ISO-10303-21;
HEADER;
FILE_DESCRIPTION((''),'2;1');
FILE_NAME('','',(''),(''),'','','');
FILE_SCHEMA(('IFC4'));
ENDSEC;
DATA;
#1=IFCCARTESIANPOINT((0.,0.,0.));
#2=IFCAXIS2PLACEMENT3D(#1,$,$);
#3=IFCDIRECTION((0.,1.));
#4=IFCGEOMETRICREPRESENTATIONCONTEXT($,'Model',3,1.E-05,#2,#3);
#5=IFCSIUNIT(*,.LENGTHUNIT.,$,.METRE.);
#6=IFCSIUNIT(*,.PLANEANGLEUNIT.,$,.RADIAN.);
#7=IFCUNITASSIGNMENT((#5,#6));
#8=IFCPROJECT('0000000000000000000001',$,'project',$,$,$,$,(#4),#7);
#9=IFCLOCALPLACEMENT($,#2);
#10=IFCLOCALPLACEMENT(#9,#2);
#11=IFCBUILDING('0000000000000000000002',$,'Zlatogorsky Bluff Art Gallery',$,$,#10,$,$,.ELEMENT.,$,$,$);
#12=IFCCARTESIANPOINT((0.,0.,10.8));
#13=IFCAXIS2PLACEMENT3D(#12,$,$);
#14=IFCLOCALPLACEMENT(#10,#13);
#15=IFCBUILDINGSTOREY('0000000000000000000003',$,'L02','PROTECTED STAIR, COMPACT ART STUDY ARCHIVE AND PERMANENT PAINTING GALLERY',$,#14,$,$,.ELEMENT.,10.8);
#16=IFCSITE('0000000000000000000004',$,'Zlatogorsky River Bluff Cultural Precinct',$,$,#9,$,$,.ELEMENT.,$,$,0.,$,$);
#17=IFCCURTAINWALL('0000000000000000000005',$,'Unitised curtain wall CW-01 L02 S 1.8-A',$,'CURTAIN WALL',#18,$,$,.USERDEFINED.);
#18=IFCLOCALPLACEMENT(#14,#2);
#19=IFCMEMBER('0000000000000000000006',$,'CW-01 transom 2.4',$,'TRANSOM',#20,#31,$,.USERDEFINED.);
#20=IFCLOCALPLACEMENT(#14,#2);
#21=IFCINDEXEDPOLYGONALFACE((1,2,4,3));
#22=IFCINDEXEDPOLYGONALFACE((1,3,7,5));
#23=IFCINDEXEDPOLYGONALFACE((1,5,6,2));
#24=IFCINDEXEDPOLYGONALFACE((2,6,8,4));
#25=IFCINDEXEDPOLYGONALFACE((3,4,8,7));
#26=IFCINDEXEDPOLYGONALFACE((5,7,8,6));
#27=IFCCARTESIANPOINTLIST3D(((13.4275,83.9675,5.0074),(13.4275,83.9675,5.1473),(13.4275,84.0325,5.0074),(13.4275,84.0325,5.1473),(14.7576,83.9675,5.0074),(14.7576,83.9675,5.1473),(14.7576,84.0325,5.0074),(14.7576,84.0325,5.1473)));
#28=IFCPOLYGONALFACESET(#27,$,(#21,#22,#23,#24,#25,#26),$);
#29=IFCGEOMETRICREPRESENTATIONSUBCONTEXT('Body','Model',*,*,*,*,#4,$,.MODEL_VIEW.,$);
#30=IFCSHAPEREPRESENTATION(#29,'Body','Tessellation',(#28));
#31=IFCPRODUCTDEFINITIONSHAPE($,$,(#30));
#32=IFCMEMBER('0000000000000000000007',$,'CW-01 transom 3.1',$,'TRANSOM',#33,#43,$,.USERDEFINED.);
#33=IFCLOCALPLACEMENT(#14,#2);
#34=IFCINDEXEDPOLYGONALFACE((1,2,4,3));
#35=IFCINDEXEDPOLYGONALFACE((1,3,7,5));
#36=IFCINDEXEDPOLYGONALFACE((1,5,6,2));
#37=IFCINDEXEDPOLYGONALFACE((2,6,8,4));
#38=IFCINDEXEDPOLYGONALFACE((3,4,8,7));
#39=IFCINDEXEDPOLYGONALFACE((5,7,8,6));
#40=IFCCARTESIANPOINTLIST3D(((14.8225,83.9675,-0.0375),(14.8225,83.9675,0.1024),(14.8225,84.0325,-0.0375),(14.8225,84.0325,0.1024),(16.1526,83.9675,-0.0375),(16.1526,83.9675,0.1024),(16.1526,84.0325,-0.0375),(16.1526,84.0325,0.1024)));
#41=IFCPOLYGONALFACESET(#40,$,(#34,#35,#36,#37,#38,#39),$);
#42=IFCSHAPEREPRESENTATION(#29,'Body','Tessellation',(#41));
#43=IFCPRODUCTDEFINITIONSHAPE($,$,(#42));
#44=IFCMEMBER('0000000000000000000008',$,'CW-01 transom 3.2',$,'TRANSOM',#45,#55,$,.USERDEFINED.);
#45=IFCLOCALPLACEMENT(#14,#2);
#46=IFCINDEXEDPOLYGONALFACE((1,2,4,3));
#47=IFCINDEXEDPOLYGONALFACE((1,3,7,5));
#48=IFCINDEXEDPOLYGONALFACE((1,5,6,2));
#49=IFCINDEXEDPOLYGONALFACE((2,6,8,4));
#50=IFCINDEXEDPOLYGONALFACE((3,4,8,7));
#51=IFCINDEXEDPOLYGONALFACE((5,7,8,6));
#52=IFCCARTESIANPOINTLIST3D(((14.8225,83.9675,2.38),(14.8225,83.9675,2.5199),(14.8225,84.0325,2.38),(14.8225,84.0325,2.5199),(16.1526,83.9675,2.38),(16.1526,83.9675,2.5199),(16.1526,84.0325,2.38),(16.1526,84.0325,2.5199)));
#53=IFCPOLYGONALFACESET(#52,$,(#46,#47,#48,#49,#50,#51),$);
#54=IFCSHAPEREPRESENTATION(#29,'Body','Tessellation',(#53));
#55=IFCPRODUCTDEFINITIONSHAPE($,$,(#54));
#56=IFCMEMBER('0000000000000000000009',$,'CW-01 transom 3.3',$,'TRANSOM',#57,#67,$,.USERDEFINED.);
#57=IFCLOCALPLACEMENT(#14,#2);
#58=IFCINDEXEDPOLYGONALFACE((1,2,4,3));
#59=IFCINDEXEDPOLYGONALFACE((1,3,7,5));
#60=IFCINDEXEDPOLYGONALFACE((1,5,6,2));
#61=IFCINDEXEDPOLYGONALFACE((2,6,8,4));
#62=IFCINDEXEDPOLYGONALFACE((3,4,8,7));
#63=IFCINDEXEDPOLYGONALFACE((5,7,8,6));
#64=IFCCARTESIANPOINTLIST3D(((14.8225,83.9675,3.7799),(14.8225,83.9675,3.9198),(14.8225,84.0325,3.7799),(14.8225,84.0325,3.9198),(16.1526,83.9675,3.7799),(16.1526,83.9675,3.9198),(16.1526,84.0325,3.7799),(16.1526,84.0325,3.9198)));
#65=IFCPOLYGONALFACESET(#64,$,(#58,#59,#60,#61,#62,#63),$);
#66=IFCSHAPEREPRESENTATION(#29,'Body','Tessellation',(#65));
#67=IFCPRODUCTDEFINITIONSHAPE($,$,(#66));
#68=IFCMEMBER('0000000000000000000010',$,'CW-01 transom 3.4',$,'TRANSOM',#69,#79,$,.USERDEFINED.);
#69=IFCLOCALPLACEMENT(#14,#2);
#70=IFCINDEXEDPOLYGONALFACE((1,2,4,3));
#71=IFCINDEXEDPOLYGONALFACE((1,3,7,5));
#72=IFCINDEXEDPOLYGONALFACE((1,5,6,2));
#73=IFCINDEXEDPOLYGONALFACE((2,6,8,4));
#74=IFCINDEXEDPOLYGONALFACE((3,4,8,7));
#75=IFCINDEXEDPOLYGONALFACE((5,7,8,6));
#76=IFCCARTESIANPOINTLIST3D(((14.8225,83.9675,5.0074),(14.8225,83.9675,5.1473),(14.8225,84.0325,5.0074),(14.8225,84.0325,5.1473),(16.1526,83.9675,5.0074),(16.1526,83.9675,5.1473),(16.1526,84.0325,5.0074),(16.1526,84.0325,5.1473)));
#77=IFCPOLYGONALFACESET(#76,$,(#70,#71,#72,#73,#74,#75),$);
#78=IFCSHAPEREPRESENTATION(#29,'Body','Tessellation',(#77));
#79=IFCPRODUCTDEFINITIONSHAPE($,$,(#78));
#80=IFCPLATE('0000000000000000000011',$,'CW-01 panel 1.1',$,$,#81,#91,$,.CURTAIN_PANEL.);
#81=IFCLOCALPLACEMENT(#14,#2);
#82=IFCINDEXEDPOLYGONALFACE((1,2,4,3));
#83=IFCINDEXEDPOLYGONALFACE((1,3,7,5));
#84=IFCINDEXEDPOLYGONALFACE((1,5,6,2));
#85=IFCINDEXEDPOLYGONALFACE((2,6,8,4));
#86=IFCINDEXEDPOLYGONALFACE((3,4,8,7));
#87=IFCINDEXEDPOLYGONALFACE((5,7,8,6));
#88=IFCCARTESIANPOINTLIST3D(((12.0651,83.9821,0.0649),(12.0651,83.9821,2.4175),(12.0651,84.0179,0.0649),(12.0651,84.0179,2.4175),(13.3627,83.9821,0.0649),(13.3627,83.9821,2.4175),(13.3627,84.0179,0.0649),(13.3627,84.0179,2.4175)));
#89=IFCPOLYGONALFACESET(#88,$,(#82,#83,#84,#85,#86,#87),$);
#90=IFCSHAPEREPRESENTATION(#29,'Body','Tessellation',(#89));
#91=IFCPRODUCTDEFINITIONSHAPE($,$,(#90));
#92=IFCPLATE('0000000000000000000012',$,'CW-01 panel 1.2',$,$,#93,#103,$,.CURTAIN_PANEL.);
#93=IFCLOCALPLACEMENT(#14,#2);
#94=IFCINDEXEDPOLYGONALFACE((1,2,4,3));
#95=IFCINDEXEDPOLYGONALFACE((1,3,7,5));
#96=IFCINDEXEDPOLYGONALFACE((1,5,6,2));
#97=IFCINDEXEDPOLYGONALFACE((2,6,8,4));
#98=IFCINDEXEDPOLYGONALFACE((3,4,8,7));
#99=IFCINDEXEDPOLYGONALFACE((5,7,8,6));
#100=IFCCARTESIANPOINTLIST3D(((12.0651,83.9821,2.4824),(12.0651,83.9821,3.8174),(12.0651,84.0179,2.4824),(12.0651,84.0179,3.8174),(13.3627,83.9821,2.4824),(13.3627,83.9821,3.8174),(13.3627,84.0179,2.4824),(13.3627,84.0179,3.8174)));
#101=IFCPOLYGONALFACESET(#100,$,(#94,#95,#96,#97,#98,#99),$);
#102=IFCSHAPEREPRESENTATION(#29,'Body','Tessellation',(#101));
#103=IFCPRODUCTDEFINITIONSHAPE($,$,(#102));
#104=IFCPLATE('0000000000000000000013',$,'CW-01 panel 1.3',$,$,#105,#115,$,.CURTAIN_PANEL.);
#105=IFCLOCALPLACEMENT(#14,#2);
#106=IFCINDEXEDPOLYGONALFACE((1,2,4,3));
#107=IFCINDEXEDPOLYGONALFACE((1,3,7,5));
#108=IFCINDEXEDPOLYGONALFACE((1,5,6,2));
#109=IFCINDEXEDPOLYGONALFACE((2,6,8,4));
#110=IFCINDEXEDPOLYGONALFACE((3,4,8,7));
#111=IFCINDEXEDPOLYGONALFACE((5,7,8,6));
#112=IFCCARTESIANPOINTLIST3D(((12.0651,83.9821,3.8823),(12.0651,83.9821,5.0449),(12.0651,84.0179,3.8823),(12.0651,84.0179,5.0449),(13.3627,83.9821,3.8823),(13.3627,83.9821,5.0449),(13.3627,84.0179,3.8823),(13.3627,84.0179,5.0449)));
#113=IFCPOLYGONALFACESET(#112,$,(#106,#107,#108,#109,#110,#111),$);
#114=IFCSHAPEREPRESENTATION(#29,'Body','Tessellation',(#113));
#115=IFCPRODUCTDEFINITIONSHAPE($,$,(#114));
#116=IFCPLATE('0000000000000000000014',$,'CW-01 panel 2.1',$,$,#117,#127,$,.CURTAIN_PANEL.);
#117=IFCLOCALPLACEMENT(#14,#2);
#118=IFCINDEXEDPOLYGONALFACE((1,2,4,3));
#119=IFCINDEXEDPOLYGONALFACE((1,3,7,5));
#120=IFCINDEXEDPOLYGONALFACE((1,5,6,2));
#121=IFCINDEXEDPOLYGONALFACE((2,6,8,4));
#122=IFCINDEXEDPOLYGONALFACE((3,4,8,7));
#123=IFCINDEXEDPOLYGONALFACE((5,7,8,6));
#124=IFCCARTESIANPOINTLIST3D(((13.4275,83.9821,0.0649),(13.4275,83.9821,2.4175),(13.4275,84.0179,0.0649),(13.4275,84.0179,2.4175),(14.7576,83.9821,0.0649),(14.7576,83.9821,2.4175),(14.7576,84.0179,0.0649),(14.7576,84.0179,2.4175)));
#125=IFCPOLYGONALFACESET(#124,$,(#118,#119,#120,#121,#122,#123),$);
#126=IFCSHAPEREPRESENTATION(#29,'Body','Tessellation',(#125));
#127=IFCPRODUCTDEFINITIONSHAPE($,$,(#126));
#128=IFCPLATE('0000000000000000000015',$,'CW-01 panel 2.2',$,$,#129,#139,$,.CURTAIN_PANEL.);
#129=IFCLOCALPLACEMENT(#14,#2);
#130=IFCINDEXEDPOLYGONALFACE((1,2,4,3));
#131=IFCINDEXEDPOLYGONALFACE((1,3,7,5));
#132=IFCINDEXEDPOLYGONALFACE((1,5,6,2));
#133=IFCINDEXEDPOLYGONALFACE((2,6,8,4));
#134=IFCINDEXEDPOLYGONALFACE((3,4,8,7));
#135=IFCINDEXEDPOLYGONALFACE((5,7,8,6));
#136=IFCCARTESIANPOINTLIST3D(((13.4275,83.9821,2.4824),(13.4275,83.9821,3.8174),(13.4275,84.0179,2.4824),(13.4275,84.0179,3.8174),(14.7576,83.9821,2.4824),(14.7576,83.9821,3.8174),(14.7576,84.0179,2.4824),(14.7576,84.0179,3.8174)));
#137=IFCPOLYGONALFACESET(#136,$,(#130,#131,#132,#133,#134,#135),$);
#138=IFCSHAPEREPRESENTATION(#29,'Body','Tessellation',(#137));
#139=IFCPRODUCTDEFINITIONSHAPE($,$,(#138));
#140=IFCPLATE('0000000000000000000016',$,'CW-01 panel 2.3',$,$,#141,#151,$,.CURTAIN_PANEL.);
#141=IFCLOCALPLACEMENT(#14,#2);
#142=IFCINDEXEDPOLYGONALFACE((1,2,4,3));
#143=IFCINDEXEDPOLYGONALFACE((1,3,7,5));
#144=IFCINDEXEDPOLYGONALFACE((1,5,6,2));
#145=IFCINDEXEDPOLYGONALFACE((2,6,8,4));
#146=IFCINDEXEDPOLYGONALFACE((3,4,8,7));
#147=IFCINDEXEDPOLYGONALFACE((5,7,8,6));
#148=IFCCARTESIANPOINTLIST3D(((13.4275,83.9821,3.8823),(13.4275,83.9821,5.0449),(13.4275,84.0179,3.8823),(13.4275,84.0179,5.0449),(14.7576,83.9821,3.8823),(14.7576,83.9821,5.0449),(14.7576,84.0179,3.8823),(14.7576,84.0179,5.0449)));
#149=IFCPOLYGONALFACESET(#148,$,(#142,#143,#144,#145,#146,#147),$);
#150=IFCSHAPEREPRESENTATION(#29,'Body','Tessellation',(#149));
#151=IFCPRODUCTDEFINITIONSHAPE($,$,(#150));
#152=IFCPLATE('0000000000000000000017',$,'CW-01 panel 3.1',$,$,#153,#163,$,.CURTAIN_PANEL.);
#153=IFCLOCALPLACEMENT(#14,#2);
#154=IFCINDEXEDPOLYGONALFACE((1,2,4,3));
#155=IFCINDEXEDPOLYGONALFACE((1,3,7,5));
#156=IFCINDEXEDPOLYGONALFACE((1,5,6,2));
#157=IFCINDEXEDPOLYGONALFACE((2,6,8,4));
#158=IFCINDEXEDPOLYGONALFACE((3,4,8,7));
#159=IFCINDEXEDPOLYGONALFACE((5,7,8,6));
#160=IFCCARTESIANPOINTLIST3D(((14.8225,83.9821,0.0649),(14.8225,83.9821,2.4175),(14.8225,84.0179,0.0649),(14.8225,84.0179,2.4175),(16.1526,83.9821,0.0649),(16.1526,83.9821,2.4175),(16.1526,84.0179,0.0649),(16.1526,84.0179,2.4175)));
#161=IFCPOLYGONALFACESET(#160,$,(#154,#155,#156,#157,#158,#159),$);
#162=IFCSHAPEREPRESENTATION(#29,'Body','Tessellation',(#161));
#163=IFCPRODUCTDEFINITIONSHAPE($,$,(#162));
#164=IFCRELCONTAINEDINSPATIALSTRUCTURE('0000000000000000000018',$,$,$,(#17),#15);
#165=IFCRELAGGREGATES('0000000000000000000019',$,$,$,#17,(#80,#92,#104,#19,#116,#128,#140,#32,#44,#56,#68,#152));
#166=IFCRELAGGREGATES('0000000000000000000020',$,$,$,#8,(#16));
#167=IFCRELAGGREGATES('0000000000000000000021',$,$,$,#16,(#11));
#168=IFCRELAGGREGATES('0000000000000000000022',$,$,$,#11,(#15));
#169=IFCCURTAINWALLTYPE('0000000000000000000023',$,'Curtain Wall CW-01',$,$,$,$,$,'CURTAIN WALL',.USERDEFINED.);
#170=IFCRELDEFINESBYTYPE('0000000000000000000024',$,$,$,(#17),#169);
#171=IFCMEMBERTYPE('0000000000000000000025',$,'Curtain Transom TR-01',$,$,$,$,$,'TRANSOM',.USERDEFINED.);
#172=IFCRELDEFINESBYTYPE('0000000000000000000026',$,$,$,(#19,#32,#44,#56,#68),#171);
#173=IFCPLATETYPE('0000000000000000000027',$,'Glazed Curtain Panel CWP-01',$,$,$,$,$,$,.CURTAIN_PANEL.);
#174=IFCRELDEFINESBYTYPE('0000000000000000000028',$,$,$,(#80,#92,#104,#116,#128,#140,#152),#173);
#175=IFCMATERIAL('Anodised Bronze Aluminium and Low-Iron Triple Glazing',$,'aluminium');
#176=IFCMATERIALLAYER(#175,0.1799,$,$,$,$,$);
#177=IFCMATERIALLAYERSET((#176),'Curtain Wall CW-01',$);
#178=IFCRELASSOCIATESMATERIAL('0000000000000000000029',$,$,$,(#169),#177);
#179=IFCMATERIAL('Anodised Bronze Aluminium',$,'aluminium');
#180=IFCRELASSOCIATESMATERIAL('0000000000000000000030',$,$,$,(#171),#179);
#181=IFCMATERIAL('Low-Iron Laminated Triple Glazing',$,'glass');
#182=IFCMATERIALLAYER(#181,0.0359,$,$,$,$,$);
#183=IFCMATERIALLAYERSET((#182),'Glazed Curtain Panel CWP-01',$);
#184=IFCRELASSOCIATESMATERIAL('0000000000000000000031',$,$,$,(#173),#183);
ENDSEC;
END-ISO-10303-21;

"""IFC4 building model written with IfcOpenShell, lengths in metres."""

from ifc_helpers import new_model, si_unit, direction, frame, origin, origin_2d, place, context, subcontext, project, spatial, rectangle, extrude, material, layer, layer_set, material_profile, profile_set, type_object, element, aggregate, save


model = new_model("IFC4")

# Units and contexts
model_context = context("Model", 3, precision=1e-05, world=origin(), true_north=direction((0.0, 1.0)))
body_context = subcontext(model_context, "Body", "Model", "MODEL_VIEW")
ifc_project = project(units=[si_unit("LENGTHUNIT", "METRE"), si_unit("PLANEANGLEUNIT", "RADIAN")], contexts=[model_context])

# Site, building, storey
site_placement = place(None, origin())
site = spatial("IfcSite", under=ifc_project, at=site_placement, Name="Zlatogorsky River Bluff Cultural Precinct", CompositionType="ELEMENT", RefElevation=0.0)
building_placement = place(site_placement, origin())
building = spatial("IfcBuilding", under=site, at=building_placement, Name="Zlatogorsky Bluff Art Gallery", CompositionType="ELEMENT")
storey_placement = place(building_placement, frame((0.0, 0.0, 10.8)))
storey = spatial("IfcBuildingStorey", under=building, at=storey_placement, Name="L02", Description="PROTECTED STAIR, COMPACT ART STUDY ARCHIVE AND PERMANENT PAINTING GALLERY", CompositionType="ELEMENT", Elevation=10.8)

# Curtain wall, members, plates
ifc_material_1 = material(Name="Anodised Bronze Aluminium and Low-Iron Triple Glazing", Category="aluminium")
ifc_layer_1 = layer(ifc_material_1, 0.1799)
ifc_layer_set_1 = layer_set([ifc_layer_1], Name="Curtain Wall CW-01")
curtain_wall_type = type_object("IfcCurtainWallType", Name="Curtain Wall CW-01", ElementType="CURTAIN WALL", PredefinedType="USERDEFINED", material=ifc_layer_set_1)
curtain_wall_placement = place(storey_placement, origin())
curtain_wall = element("IfcCurtainWall", 1, at=curtain_wall_placement, inside=storey, type_object=curtain_wall_type, Name="Unitised curtain wall CW-01 L02 S 1.8-A", ObjectType="CURTAIN WALL", PredefinedType="USERDEFINED")
ifc_material_2 = material(Name="Anodised Bronze Aluminium", Category="aluminium")
ifc_material_profile_1 = material_profile(ifc_material_2, rectangle(XDim=0.0649, YDim=0.1399, at=origin_2d()), Name="ALU TRANSOM 65x140")
ifc_profile_set_1 = profile_set([ifc_material_profile_1], Name="Anodised Bronze Aluminium")
member_type_1 = type_object("IfcMemberType", Name="Curtain Transom TR-01", ElementType="TRANSOM", PredefinedType="USERDEFINED", material=ifc_profile_set_1)
member_1_placement = place(storey_placement, frame((13.4275, 84.0, 5.0774), z_axis=(1.0, 0.0, 0.0), x_axis=(0.0, 1.0, 0.0)))
member_1 = element("IfcMember", 2, at=member_1_placement, type_object=member_type_1, Name="CW-01 transom 2.4", ObjectType="TRANSOM", PredefinedType="USERDEFINED", context=body_context, shape_type="SweptSolid", body=[
    extrude(rectangle(XDim=0.0649, YDim=0.1399, at=origin_2d()), origin(), (0.0, 0.0, 1.0), 1.3301),
])
member_2_placement = place(storey_placement, frame((14.8225, 84.0, 0.0325), z_axis=(1.0, 0.0, 0.0), x_axis=(0.0, 1.0, 0.0)))
member_2 = element("IfcMember", 3, at=member_2_placement, type_object=member_type_1, Name="CW-01 transom 3.1", ObjectType="TRANSOM", PredefinedType="USERDEFINED", context=body_context, shape_type="SweptSolid", body=[
    extrude(rectangle(XDim=0.0649, YDim=0.1399, at=origin_2d()), origin(), (0.0, 0.0, 1.0), 1.3301),
])
member_3_placement = place(storey_placement, frame((14.8225, 84.0, 2.45), z_axis=(1.0, 0.0, 0.0), x_axis=(0.0, 1.0, 0.0)))
member_3 = element("IfcMember", 4, at=member_3_placement, type_object=member_type_1, Name="CW-01 transom 3.2", ObjectType="TRANSOM", PredefinedType="USERDEFINED", context=body_context, shape_type="SweptSolid", body=[
    extrude(rectangle(XDim=0.0649, YDim=0.1399, at=origin_2d()), origin(), (0.0, 0.0, 1.0), 1.3301),
])
member_4_placement = place(storey_placement, frame((14.8225, 84.0, 3.8499), z_axis=(1.0, 0.0, 0.0), x_axis=(0.0, 1.0, 0.0)))
member_4 = element("IfcMember", 5, at=member_4_placement, type_object=member_type_1, Name="CW-01 transom 3.3", ObjectType="TRANSOM", PredefinedType="USERDEFINED", context=body_context, shape_type="SweptSolid", body=[
    extrude(rectangle(XDim=0.0649, YDim=0.1399, at=origin_2d()), origin(), (0.0, 0.0, 1.0), 1.3301),
])
member_5_placement = place(storey_placement, frame((14.8225, 84.0, 5.0774), z_axis=(1.0, 0.0, 0.0), x_axis=(0.0, 1.0, 0.0)))
member_5 = element("IfcMember", 6, at=member_5_placement, type_object=member_type_1, Name="CW-01 transom 3.4", ObjectType="TRANSOM", PredefinedType="USERDEFINED", context=body_context, shape_type="SweptSolid", body=[
    extrude(rectangle(XDim=0.0649, YDim=0.1399, at=origin_2d()), origin(), (0.0, 0.0, 1.0), 1.3301),
])
ifc_material_3 = material(Name="Low-Iron Laminated Triple Glazing", Category="glass")
ifc_layer_2 = layer(ifc_material_3, 0.0359)
ifc_layer_set_2 = layer_set([ifc_layer_2], Name="Glazed Curtain Panel CWP-01")
plate_type = type_object("IfcPlateType", Name="Glazed Curtain Panel CWP-01", PredefinedType="CURTAIN_PANEL", material=ifc_layer_set_2)
plate_1_placement = place(storey_placement, frame((12.7139, 84.0, 0.0649), z_axis=(0.0, 0.0, 1.0), x_axis=(1.0, 0.0, 0.0)))
plate_1 = element("IfcPlate", 7, at=plate_1_placement, type_object=plate_type, Name="CW-01 panel 1.1", PredefinedType="CURTAIN_PANEL", context=body_context, shape_type="SweptSolid", body=[
    extrude(rectangle(XDim=1.2976, YDim=0.0359, at=origin_2d()), origin(), (0.0, 0.0, 1.0), 2.3525),
])
plate_2_placement = place(storey_placement, frame((12.7139, 84.0, 2.4824), z_axis=(0.0, 0.0, 1.0), x_axis=(1.0, 0.0, 0.0)))
plate_2 = element("IfcPlate", 8, at=plate_2_placement, type_object=plate_type, Name="CW-01 panel 1.2", PredefinedType="CURTAIN_PANEL", context=body_context, shape_type="SweptSolid", body=[
    extrude(rectangle(XDim=1.2976, YDim=0.0359, at=origin_2d()), origin(), (0.0, 0.0, 1.0), 1.335),
])
plate_3_placement = place(storey_placement, frame((12.7139, 84.0, 3.8823), z_axis=(0.0, 0.0, 1.0), x_axis=(1.0, 0.0, 0.0)))
plate_3 = element("IfcPlate", 9, at=plate_3_placement, type_object=plate_type, Name="CW-01 panel 1.3", PredefinedType="CURTAIN_PANEL", context=body_context, shape_type="SweptSolid", body=[
    extrude(rectangle(XDim=1.2976, YDim=0.0359, at=origin_2d()), origin(), (0.0, 0.0, 1.0), 1.1626),
])
plate_4_placement = place(storey_placement, frame((14.0925, 84.0, 0.0649), z_axis=(0.0, 0.0, 1.0), x_axis=(1.0, 0.0, 0.0)))
plate_4 = element("IfcPlate", 10, at=plate_4_placement, type_object=plate_type, Name="CW-01 panel 2.1", PredefinedType="CURTAIN_PANEL", context=body_context, shape_type="SweptSolid", body=[
    extrude(rectangle(XDim=1.3301, YDim=0.0359, at=origin_2d()), origin(), (0.0, 0.0, 1.0), 2.3525),
])
plate_5_placement = place(storey_placement, frame((14.0925, 84.0, 2.4824), z_axis=(0.0, 0.0, 1.0), x_axis=(1.0, 0.0, 0.0)))
plate_5 = element("IfcPlate", 11, at=plate_5_placement, type_object=plate_type, Name="CW-01 panel 2.2", PredefinedType="CURTAIN_PANEL", context=body_context, shape_type="SweptSolid", body=[
    extrude(rectangle(XDim=1.3301, YDim=0.0359, at=origin_2d()), origin(), (0.0, 0.0, 1.0), 1.335),
])
plate_6_placement = place(storey_placement, frame((14.0925, 84.0, 3.8823), z_axis=(0.0, 0.0, 1.0), x_axis=(1.0, 0.0, 0.0)))
plate_6 = element("IfcPlate", 12, at=plate_6_placement, type_object=plate_type, Name="CW-01 panel 2.3", PredefinedType="CURTAIN_PANEL", context=body_context, shape_type="SweptSolid", body=[
    extrude(rectangle(XDim=1.3301, YDim=0.0359, at=origin_2d()), origin(), (0.0, 0.0, 1.0), 1.1626),
])
plate_7_placement = place(storey_placement, frame((15.4875, 84.0, 0.0649), z_axis=(0.0, 0.0, 1.0), x_axis=(1.0, 0.0, 0.0)))
plate_7 = element("IfcPlate", 13, at=plate_7_placement, type_object=plate_type, Name="CW-01 panel 3.1", PredefinedType="CURTAIN_PANEL", context=body_context, shape_type="SweptSolid", body=[
    extrude(rectangle(XDim=1.3301, YDim=0.0359, at=origin_2d()), origin(), (0.0, 0.0, 1.0), 2.3525),
])
aggregate(curtain_wall, [plate_1, plate_2, plate_3, member_1, plate_4, plate_5, plate_6, member_2, member_3, member_4, member_5, plate_7])

save(model, "model.ifc")
